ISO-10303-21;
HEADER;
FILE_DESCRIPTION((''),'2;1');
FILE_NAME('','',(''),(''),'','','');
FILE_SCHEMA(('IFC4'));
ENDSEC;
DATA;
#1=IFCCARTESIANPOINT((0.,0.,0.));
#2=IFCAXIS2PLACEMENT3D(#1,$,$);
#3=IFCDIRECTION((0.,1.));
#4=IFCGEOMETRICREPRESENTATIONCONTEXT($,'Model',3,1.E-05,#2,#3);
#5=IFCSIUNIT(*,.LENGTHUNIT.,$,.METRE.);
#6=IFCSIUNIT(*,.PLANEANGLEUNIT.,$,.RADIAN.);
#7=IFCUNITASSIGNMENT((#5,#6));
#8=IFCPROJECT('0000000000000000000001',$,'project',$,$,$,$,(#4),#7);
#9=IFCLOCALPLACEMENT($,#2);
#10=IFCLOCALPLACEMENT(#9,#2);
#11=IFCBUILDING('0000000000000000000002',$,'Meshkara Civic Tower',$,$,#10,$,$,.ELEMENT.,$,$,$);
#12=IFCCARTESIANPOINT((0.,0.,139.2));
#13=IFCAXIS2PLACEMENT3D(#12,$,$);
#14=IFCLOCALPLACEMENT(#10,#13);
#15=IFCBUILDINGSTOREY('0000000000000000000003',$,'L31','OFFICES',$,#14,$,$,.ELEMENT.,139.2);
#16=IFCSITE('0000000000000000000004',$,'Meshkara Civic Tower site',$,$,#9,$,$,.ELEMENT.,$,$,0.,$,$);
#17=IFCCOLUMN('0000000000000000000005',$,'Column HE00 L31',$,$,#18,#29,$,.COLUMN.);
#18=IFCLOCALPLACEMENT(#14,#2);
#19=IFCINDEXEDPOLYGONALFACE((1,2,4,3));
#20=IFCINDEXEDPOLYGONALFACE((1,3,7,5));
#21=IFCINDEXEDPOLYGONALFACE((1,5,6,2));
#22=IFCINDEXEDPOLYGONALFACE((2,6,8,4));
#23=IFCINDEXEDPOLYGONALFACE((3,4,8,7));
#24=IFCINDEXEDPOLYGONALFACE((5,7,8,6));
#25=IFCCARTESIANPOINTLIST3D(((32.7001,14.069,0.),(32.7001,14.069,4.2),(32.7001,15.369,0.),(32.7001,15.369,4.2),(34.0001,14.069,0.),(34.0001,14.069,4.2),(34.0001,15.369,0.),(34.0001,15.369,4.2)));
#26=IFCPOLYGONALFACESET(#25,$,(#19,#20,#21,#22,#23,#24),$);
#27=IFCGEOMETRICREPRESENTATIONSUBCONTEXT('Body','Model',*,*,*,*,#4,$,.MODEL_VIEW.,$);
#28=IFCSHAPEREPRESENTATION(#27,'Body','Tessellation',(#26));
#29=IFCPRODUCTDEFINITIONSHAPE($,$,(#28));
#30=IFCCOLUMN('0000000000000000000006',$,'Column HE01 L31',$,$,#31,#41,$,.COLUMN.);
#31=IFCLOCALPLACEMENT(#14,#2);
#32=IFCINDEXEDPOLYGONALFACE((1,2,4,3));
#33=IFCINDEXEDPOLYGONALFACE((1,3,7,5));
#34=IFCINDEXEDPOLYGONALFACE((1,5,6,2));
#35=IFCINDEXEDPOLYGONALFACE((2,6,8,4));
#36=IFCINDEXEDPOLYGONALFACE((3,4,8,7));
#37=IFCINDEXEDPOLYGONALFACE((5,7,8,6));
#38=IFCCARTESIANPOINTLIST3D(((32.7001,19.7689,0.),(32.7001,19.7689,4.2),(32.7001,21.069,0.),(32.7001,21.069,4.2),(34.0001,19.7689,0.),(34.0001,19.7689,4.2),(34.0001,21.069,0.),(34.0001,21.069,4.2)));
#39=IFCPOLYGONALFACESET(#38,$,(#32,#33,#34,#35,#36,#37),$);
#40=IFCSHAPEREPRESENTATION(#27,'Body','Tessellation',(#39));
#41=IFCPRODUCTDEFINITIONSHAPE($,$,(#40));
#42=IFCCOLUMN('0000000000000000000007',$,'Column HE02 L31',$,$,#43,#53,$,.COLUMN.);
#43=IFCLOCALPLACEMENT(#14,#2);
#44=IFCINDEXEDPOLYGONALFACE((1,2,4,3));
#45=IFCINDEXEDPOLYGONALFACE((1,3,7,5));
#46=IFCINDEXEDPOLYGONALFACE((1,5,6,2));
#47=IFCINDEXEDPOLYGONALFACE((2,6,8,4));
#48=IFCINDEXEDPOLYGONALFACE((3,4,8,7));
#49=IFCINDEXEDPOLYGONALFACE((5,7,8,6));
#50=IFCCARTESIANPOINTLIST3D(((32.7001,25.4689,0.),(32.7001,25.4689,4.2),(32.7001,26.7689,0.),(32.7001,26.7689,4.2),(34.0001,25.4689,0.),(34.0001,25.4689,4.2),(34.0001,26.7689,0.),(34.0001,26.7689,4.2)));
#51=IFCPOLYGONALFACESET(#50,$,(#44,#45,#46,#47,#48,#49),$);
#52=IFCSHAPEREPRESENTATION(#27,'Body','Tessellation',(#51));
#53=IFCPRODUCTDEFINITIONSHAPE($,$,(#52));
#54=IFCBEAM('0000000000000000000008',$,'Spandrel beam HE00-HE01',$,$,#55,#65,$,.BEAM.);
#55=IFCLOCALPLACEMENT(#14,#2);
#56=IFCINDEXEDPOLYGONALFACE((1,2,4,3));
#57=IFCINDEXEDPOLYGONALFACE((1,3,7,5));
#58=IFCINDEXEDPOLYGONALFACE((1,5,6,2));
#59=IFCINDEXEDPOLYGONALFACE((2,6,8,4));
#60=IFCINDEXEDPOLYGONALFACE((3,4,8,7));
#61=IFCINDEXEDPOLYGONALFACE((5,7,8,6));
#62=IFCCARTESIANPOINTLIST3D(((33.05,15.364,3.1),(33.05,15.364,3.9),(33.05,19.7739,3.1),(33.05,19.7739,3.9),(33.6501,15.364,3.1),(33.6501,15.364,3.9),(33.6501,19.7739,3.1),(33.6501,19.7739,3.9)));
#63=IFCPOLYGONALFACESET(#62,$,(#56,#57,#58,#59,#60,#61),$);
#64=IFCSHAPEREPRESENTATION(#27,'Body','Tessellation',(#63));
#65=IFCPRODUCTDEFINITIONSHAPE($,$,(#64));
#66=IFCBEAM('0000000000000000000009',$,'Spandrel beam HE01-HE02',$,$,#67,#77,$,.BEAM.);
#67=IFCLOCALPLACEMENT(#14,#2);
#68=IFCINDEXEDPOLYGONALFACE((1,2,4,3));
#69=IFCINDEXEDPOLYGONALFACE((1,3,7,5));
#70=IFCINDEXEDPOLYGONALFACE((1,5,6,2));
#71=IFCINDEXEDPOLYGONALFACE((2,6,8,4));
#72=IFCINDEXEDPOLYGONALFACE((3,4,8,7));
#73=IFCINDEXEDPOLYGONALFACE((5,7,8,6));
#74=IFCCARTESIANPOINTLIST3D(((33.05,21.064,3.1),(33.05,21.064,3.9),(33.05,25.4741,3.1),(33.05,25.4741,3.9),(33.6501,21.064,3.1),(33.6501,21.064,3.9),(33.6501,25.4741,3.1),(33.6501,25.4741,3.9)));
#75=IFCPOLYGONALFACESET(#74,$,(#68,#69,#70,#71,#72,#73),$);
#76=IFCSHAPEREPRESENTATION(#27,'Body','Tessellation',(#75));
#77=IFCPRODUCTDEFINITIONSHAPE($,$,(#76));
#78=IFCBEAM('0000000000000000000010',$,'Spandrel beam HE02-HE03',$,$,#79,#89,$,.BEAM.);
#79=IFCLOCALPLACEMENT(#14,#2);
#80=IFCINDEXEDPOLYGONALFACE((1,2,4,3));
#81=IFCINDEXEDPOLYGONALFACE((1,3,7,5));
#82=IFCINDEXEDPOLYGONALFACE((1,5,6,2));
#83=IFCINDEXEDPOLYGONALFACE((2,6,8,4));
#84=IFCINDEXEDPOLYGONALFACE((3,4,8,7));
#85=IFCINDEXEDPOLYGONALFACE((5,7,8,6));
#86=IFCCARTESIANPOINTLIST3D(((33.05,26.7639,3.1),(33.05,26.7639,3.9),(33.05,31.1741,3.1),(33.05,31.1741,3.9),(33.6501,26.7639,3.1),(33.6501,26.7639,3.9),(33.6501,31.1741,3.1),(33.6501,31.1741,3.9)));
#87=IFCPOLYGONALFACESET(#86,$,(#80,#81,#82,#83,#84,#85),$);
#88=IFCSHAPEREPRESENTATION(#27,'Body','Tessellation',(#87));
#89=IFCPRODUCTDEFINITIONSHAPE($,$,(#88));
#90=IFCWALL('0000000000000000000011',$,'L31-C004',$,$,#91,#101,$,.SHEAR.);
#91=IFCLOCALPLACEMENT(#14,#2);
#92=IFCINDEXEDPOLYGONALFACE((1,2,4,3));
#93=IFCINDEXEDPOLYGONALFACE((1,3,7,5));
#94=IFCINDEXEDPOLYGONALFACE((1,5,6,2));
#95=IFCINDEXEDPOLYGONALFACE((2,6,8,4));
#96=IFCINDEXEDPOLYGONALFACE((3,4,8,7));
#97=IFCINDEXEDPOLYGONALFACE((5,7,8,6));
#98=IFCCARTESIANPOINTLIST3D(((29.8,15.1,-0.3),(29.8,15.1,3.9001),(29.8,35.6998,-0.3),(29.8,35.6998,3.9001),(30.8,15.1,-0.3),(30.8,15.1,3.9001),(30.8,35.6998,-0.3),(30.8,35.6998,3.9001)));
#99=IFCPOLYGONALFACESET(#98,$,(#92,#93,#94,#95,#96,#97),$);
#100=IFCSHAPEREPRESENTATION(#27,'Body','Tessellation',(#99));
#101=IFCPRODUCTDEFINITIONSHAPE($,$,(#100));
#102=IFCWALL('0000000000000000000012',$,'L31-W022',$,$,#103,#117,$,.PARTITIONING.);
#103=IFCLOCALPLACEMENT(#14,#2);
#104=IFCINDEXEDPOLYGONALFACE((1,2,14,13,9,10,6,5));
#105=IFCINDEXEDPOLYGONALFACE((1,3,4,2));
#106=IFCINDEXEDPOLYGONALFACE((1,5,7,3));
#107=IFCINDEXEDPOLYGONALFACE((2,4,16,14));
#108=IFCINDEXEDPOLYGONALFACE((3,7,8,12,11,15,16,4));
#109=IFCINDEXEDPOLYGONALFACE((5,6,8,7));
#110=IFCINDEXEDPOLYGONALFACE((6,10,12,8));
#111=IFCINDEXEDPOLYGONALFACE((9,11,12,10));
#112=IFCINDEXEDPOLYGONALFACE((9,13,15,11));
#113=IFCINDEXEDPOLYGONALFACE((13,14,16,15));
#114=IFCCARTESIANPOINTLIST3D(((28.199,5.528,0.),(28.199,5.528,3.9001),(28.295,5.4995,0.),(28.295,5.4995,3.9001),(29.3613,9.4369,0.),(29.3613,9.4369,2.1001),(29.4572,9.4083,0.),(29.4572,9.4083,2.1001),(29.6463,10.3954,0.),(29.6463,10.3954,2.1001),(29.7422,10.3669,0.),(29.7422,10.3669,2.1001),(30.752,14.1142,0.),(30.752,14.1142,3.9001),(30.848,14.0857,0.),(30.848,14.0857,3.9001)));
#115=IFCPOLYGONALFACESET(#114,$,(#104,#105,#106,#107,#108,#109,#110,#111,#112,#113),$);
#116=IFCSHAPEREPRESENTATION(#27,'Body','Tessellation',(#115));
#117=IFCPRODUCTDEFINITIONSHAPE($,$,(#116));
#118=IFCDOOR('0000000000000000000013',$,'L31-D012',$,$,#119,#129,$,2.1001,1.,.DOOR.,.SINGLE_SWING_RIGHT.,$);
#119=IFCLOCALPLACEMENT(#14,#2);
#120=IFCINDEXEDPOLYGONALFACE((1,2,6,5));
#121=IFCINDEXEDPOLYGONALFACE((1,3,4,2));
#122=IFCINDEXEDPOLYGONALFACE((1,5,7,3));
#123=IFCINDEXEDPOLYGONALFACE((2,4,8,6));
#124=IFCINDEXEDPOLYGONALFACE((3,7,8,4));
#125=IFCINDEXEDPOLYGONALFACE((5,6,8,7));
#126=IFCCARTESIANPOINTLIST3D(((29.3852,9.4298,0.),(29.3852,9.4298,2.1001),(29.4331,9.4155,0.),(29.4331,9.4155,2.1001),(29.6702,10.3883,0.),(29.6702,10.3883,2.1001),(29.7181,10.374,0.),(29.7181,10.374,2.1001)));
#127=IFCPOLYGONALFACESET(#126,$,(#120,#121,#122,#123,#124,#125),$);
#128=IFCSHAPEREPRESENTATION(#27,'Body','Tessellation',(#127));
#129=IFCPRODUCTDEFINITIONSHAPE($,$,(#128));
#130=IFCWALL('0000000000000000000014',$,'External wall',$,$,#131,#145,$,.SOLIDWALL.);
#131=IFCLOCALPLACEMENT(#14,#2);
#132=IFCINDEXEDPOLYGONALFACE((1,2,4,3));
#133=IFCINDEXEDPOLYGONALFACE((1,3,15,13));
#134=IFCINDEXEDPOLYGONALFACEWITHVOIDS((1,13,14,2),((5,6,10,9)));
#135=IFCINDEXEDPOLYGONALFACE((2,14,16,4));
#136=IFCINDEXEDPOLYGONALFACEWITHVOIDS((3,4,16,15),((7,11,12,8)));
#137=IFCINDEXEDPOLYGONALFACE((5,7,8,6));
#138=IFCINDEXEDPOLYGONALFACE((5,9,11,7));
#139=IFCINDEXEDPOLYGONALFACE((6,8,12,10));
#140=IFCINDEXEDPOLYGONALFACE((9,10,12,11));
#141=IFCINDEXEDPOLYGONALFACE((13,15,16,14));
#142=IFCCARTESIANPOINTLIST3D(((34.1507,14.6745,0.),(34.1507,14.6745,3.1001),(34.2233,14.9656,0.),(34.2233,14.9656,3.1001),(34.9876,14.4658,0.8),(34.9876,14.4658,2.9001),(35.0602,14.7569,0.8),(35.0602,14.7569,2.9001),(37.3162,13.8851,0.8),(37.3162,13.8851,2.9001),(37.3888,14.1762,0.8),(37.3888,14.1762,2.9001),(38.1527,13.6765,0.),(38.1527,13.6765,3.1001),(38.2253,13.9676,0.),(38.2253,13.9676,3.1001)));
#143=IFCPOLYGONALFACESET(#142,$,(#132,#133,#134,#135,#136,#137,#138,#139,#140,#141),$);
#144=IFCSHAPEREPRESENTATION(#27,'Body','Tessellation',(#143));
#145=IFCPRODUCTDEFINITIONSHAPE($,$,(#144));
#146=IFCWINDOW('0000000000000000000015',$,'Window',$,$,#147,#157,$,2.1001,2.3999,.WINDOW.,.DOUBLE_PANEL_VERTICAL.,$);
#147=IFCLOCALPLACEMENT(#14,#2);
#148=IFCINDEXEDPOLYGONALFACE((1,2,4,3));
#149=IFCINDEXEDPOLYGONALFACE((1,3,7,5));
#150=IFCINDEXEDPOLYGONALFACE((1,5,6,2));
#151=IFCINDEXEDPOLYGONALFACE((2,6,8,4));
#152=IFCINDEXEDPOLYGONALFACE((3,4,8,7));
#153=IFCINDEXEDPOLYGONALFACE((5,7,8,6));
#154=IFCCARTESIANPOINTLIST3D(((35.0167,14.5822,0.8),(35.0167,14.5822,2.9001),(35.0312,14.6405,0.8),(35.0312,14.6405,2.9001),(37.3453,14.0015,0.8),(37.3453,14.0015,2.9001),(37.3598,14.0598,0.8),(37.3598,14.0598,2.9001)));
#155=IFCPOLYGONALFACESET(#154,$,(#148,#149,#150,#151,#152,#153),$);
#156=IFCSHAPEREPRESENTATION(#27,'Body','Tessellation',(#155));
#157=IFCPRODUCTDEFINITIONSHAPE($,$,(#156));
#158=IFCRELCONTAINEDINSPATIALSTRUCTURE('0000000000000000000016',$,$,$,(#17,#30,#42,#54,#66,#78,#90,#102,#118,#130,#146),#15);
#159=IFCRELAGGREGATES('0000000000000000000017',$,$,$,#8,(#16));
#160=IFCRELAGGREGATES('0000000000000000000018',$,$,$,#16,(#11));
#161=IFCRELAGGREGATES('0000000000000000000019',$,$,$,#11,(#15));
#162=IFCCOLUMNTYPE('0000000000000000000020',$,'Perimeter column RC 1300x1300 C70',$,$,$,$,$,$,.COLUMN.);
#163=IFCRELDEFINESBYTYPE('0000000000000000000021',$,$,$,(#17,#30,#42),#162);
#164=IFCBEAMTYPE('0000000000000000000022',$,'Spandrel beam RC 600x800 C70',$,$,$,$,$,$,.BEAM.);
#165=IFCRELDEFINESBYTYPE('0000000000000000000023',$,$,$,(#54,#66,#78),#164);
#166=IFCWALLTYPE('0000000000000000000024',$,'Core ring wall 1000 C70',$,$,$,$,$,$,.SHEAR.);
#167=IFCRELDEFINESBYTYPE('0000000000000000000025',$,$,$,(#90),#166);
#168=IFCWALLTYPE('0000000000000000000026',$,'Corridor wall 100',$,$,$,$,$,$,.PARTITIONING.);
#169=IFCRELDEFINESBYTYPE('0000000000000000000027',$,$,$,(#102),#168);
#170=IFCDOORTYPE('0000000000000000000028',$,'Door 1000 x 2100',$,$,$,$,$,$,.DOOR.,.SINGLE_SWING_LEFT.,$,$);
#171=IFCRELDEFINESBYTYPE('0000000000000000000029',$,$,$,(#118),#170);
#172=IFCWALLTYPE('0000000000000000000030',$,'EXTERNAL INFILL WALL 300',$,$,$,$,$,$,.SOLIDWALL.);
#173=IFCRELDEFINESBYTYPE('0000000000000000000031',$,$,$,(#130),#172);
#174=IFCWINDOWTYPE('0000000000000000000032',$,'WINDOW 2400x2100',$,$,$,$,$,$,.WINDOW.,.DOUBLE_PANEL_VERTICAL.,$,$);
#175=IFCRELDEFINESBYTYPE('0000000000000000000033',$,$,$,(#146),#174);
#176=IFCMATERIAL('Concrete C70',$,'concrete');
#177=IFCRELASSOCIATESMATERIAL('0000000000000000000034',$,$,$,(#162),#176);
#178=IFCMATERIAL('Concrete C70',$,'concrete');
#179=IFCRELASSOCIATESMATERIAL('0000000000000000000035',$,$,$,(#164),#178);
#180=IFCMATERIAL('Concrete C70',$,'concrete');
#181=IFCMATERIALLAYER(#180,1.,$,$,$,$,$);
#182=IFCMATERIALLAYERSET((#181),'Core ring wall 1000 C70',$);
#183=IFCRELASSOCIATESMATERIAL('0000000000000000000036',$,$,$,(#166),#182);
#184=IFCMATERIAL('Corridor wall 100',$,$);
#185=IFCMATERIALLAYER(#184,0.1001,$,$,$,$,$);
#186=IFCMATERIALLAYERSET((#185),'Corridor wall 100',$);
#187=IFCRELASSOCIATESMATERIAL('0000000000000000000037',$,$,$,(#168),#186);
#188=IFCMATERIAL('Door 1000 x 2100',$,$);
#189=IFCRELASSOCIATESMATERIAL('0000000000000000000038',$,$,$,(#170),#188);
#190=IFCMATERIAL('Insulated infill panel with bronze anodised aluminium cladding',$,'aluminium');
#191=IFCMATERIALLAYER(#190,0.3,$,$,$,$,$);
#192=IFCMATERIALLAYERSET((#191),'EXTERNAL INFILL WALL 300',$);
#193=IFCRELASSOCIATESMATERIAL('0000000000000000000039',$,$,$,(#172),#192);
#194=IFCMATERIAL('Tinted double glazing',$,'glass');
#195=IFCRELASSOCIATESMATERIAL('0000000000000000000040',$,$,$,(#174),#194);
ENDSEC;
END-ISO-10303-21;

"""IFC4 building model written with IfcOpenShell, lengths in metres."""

from ifc_helpers import new_model, si_unit, direction, frame, frame_2d, origin, origin_2d, place, context, subcontext, project, spatial, rectangle, extrude, material, layer, layer_set, material_profile, profile_set, type_object, element, fill, save


model = new_model("IFC4")

# Units and contexts
model_context = context("Model", 3, precision=1e-05, world=origin(), true_north=direction((0.0, 1.0)))
body_context = subcontext(model_context, "Body", "Model", "MODEL_VIEW")
ifc_project = project(units=[si_unit("LENGTHUNIT", "METRE"), si_unit("PLANEANGLEUNIT", "RADIAN")], contexts=[model_context])

# Site, building, storey
site_placement = place(None, origin())
site = spatial("IfcSite", under=ifc_project, at=site_placement, Name="Meshkara Civic Tower site", CompositionType="ELEMENT", RefElevation=0.0)
building_placement = place(site_placement, origin())
building = spatial("IfcBuilding", under=site, at=building_placement, Name="Meshkara Civic Tower", CompositionType="ELEMENT")
storey_placement = place(building_placement, frame((0.0, 0.0, 139.2)))
storey = spatial("IfcBuildingStorey", under=building, at=storey_placement, Name="L31", Description="OFFICES", CompositionType="ELEMENT", Elevation=139.2)

# Columns
ifc_material_1 = material(Name="Concrete C70", Category="concrete")
ifc_material_profile_1 = material_profile(ifc_material_1, rectangle(XDim=1.3, YDim=1.3, at=origin_2d()))
ifc_profile_set_1 = profile_set([ifc_material_profile_1], Name="Concrete C70")
column_type = type_object("IfcColumnType", Name="Perimeter column RC 1300x1300 C70", PredefinedType="COLUMN", material=ifc_profile_set_1)
for number, where, z_axis, x_axis, name in (
    (1, (33.3501, 14.719, 0.0), (0.0, 0.0, 1.0), (1.0, 0.0, 0.0), "Column HE00 L31"),
    (2, (33.3501, 20.4189, 0.0), (0.0, 0.0, 1.0), (1.0, 0.0, 0.0), "Column HE01 L31"),
    (3, (33.3501, 26.1189, 0.0), (0.0, 0.0, 1.0), (1.0, 0.0, 0.0), "Column HE02 L31"),
):
    element("IfcColumn", number, at=place(storey_placement, frame(where, z_axis=z_axis, x_axis=x_axis)), inside=storey, type_object=column_type, Name=name, PredefinedType="COLUMN", context=body_context, shape_type="SweptSolid", body=[
        extrude(rectangle(XDim=1.3, YDim=1.3, at=origin_2d()), origin(), (0.0, 0.0, 1.0), 4.2),
    ])

# Beams
ifc_material_2 = material(Name="Concrete C70", Category="concrete")
ifc_material_profile_2 = material_profile(ifc_material_2, rectangle(XDim=0.6001, YDim=0.8, at=origin_2d()))
ifc_profile_set_2 = profile_set([ifc_material_profile_2], Name="Concrete C70")
beam_type = type_object("IfcBeamType", Name="Spandrel beam RC 600x800 C70", PredefinedType="BEAM", material=ifc_profile_set_2)
beam_placement = place(storey_placement, frame((33.3501, 15.364, 3.5), z_axis=(0.0, 1.0, 0.0), x_axis=(-1.0, 0.0, 0.0)))
element("IfcBeam", 4, at=beam_placement, inside=storey, type_object=beam_type, Name="Spandrel beam HE00-HE01", PredefinedType="BEAM", context=body_context, shape_type="SweptSolid", body=[
    extrude(rectangle(XDim=0.6001, YDim=0.8, at=origin_2d()), origin(), (0.0, 0.0, 1.0), 4.4099),
])
for number, where, z_axis, x_axis, name in (
    (5, (33.3501, 21.064, 3.5), (0.0, 1.0, 0.0), (-1.0, 0.0, 0.0), "Spandrel beam HE01-HE02"),
    (6, (33.3501, 26.7639, 3.5), (0.0, 1.0, 0.0), (-1.0, 0.0, 0.0), "Spandrel beam HE02-HE03"),
):
    element("IfcBeam", number, at=place(storey_placement, frame(where, z_axis=z_axis, x_axis=x_axis)), inside=storey, type_object=beam_type, Name=name, PredefinedType="BEAM", context=body_context, shape_type="SweptSolid", body=[
        extrude(rectangle(XDim=0.6001, YDim=0.8, at=origin_2d()), origin(), (0.0, 0.0, 1.0), 4.4102),
    ])

# Wall
ifc_material_3 = material(Name="Concrete C70", Category="concrete")
ifc_layer_1 = layer(ifc_material_3, 1.0)
ifc_layer_set_1 = layer_set([ifc_layer_1], Name="Core ring wall 1000 C70")
wall_type_1 = type_object("IfcWallType", Name="Core ring wall 1000 C70", PredefinedType="SHEAR", material=ifc_layer_set_1)
wall_1_placement = place(storey_placement, frame((30.3, 15.1001, -0.3), z_axis=(0.0, 0.0, 1.0), x_axis=(0.0, 1.0, 0.0)))
element("IfcWall", 7, at=wall_1_placement, inside=storey, type_object=wall_type_1, Name="L31-C004", PredefinedType="SHEAR", context=body_context, shape_type="SweptSolid", body=[
    extrude(rectangle(XDim=20.5999, YDim=1.0, at=frame_2d((10.2998, 0.0))), origin(), (0.0, 0.0, 1.0), 4.2002),
])

# Wall, opening, door
ifc_material_4 = material(Name="Corridor wall 100")
ifc_layer_2 = layer(ifc_material_4, 0.1001)
ifc_layer_set_2 = layer_set([ifc_layer_2], Name="Corridor wall 100")
wall_type_2 = type_object("IfcWallType", Name="Corridor wall 100", PredefinedType="PARTITIONING", material=ifc_layer_set_2)
wall_2_placement = place(storey_placement, frame((30.8, 14.1001, 0.0), z_axis=(0.0, 0.0, 1.0), x_axis=(-0.285004, -0.958526, 0.0)))
wall_2 = element("IfcWall", 8, at=wall_2_placement, inside=storey, type_object=wall_type_2, Name="L31-W022", PredefinedType="PARTITIONING", context=body_context, shape_type="SweptSolid", body=[
    extrude(rectangle(XDim=8.9578, YDim=0.1001, at=frame_2d((4.479, 0.0))), origin(), (0.0, 0.0, 1.0), 3.9001),
])
opening_1_placement = place(wall_2_placement, frame((3.8799, 0.0, 0.0)))
opening_1 = element("IfcOpeningElement", 9, at=opening_1_placement, cuts=wall_2, PredefinedType="OPENING", context=body_context, shape_type="SweptSolid", body=[
    extrude(rectangle(XDim=1.0, YDim=2.1001, at=frame_2d((0.5, 1.05))), frame((0.0, 0.0601, 0.0), z_axis=(0.0, -1.0, 0.0), x_axis=(1.0, 0.0, 0.0)), (0.0, 0.0, 1.0), 0.1201),
])
ifc_material_5 = material(Name="Door 1000 x 2100")
door_type_1 = type_object("IfcDoorType", Name="Door 1000 x 2100", OperationType="SINGLE_SWING_LEFT", PredefinedType="DOOR", material=ifc_material_5)
door_1_placement = place(opening_1_placement, origin())
door_1 = element("IfcDoor", 10, at=door_1_placement, inside=storey, type_object=door_type_1, Name="L31-D012", OperationType="SINGLE_SWING_RIGHT", OverallHeight=2.1001, OverallWidth=1.0, PredefinedType="DOOR", context=body_context, shape_type="SweptSolid", body=[
    extrude(rectangle(XDim=1.0, YDim=2.1001, at=frame_2d((0.5, 1.05))), frame((0.0, 0.0249, 0.0), z_axis=(0.0, -1.0, 0.0), x_axis=(1.0, 0.0, 0.0)), (0.0, 0.0, 1.0), 0.05),
])
fill(opening_1, door_1)

# Wall, opening, window
ifc_material_6 = material(Name="Insulated infill panel with bronze anodised aluminium cladding", Category="aluminium")
ifc_layer_3 = layer(ifc_material_6, 0.3)
ifc_layer_set_3 = layer_set([ifc_layer_3], Name="EXTERNAL INFILL WALL 300")
wall_type_3 = type_object("IfcWallType", Name="EXTERNAL INFILL WALL 300", PredefinedType="SOLIDWALL", material=ifc_layer_set_3)
wall_3_placement = place(storey_placement, frame((38.189, 13.822, 0.0), z_axis=(0.0, 0.0, 1.0), x_axis=(-0.970282, 0.241978, 0.0)))
wall_3 = element("IfcWall", 11, at=wall_3_placement, inside=storey, type_object=wall_type_3, Name="External wall", PredefinedType="SOLIDWALL", context=body_context, shape_type="SweptSolid", body=[
    extrude(rectangle(XDim=4.1245, YDim=0.3, at=frame_2d((2.0623, 0.0))), origin(), (0.0, 0.0, 1.0), 3.1001),
])
opening_2_placement = place(wall_3_placement, frame((0.8621, 0.0, 0.8)))
opening_2 = element("IfcOpeningElement", 12, at=opening_2_placement, cuts=wall_3, PredefinedType="OPENING", context=body_context, shape_type="SweptSolid", body=[
    extrude(rectangle(XDim=2.3999, YDim=2.1001, at=frame_2d((1.2, 1.05))), frame((0.0, 0.1599, 0.0), z_axis=(0.0, -1.0, 0.0), x_axis=(1.0, 0.0, 0.0)), (0.0, 0.0, 1.0), 0.3201),
])
ifc_material_7 = material(Name="Tinted double glazing", Category="glass")
window_type = type_object("IfcWindowType", Name="WINDOW 2400x2100", PartitioningType="DOUBLE_PANEL_VERTICAL", PredefinedType="WINDOW", material=ifc_material_7)
window_1_placement = place(opening_2_placement, origin())
window_1 = element("IfcWindow", 13, at=window_1_placement, inside=storey, type_object=window_type, Name="Window", OverallHeight=2.1001, OverallWidth=2.3999, PartitioningType="DOUBLE_PANEL_VERTICAL", PredefinedType="WINDOW", context=body_context, shape_type="SweptSolid", body=[
    extrude(rectangle(XDim=2.3999, YDim=2.1001, at=frame_2d((1.2, 1.05))), frame((0.0, 0.03, 0.0), z_axis=(0.0, -1.0, 0.0), x_axis=(1.0, 0.0, 0.0)), (0.0, 0.0, 1.0), 0.0601),
])
fill(opening_2, window_1)

save(model, "model.ifc")
